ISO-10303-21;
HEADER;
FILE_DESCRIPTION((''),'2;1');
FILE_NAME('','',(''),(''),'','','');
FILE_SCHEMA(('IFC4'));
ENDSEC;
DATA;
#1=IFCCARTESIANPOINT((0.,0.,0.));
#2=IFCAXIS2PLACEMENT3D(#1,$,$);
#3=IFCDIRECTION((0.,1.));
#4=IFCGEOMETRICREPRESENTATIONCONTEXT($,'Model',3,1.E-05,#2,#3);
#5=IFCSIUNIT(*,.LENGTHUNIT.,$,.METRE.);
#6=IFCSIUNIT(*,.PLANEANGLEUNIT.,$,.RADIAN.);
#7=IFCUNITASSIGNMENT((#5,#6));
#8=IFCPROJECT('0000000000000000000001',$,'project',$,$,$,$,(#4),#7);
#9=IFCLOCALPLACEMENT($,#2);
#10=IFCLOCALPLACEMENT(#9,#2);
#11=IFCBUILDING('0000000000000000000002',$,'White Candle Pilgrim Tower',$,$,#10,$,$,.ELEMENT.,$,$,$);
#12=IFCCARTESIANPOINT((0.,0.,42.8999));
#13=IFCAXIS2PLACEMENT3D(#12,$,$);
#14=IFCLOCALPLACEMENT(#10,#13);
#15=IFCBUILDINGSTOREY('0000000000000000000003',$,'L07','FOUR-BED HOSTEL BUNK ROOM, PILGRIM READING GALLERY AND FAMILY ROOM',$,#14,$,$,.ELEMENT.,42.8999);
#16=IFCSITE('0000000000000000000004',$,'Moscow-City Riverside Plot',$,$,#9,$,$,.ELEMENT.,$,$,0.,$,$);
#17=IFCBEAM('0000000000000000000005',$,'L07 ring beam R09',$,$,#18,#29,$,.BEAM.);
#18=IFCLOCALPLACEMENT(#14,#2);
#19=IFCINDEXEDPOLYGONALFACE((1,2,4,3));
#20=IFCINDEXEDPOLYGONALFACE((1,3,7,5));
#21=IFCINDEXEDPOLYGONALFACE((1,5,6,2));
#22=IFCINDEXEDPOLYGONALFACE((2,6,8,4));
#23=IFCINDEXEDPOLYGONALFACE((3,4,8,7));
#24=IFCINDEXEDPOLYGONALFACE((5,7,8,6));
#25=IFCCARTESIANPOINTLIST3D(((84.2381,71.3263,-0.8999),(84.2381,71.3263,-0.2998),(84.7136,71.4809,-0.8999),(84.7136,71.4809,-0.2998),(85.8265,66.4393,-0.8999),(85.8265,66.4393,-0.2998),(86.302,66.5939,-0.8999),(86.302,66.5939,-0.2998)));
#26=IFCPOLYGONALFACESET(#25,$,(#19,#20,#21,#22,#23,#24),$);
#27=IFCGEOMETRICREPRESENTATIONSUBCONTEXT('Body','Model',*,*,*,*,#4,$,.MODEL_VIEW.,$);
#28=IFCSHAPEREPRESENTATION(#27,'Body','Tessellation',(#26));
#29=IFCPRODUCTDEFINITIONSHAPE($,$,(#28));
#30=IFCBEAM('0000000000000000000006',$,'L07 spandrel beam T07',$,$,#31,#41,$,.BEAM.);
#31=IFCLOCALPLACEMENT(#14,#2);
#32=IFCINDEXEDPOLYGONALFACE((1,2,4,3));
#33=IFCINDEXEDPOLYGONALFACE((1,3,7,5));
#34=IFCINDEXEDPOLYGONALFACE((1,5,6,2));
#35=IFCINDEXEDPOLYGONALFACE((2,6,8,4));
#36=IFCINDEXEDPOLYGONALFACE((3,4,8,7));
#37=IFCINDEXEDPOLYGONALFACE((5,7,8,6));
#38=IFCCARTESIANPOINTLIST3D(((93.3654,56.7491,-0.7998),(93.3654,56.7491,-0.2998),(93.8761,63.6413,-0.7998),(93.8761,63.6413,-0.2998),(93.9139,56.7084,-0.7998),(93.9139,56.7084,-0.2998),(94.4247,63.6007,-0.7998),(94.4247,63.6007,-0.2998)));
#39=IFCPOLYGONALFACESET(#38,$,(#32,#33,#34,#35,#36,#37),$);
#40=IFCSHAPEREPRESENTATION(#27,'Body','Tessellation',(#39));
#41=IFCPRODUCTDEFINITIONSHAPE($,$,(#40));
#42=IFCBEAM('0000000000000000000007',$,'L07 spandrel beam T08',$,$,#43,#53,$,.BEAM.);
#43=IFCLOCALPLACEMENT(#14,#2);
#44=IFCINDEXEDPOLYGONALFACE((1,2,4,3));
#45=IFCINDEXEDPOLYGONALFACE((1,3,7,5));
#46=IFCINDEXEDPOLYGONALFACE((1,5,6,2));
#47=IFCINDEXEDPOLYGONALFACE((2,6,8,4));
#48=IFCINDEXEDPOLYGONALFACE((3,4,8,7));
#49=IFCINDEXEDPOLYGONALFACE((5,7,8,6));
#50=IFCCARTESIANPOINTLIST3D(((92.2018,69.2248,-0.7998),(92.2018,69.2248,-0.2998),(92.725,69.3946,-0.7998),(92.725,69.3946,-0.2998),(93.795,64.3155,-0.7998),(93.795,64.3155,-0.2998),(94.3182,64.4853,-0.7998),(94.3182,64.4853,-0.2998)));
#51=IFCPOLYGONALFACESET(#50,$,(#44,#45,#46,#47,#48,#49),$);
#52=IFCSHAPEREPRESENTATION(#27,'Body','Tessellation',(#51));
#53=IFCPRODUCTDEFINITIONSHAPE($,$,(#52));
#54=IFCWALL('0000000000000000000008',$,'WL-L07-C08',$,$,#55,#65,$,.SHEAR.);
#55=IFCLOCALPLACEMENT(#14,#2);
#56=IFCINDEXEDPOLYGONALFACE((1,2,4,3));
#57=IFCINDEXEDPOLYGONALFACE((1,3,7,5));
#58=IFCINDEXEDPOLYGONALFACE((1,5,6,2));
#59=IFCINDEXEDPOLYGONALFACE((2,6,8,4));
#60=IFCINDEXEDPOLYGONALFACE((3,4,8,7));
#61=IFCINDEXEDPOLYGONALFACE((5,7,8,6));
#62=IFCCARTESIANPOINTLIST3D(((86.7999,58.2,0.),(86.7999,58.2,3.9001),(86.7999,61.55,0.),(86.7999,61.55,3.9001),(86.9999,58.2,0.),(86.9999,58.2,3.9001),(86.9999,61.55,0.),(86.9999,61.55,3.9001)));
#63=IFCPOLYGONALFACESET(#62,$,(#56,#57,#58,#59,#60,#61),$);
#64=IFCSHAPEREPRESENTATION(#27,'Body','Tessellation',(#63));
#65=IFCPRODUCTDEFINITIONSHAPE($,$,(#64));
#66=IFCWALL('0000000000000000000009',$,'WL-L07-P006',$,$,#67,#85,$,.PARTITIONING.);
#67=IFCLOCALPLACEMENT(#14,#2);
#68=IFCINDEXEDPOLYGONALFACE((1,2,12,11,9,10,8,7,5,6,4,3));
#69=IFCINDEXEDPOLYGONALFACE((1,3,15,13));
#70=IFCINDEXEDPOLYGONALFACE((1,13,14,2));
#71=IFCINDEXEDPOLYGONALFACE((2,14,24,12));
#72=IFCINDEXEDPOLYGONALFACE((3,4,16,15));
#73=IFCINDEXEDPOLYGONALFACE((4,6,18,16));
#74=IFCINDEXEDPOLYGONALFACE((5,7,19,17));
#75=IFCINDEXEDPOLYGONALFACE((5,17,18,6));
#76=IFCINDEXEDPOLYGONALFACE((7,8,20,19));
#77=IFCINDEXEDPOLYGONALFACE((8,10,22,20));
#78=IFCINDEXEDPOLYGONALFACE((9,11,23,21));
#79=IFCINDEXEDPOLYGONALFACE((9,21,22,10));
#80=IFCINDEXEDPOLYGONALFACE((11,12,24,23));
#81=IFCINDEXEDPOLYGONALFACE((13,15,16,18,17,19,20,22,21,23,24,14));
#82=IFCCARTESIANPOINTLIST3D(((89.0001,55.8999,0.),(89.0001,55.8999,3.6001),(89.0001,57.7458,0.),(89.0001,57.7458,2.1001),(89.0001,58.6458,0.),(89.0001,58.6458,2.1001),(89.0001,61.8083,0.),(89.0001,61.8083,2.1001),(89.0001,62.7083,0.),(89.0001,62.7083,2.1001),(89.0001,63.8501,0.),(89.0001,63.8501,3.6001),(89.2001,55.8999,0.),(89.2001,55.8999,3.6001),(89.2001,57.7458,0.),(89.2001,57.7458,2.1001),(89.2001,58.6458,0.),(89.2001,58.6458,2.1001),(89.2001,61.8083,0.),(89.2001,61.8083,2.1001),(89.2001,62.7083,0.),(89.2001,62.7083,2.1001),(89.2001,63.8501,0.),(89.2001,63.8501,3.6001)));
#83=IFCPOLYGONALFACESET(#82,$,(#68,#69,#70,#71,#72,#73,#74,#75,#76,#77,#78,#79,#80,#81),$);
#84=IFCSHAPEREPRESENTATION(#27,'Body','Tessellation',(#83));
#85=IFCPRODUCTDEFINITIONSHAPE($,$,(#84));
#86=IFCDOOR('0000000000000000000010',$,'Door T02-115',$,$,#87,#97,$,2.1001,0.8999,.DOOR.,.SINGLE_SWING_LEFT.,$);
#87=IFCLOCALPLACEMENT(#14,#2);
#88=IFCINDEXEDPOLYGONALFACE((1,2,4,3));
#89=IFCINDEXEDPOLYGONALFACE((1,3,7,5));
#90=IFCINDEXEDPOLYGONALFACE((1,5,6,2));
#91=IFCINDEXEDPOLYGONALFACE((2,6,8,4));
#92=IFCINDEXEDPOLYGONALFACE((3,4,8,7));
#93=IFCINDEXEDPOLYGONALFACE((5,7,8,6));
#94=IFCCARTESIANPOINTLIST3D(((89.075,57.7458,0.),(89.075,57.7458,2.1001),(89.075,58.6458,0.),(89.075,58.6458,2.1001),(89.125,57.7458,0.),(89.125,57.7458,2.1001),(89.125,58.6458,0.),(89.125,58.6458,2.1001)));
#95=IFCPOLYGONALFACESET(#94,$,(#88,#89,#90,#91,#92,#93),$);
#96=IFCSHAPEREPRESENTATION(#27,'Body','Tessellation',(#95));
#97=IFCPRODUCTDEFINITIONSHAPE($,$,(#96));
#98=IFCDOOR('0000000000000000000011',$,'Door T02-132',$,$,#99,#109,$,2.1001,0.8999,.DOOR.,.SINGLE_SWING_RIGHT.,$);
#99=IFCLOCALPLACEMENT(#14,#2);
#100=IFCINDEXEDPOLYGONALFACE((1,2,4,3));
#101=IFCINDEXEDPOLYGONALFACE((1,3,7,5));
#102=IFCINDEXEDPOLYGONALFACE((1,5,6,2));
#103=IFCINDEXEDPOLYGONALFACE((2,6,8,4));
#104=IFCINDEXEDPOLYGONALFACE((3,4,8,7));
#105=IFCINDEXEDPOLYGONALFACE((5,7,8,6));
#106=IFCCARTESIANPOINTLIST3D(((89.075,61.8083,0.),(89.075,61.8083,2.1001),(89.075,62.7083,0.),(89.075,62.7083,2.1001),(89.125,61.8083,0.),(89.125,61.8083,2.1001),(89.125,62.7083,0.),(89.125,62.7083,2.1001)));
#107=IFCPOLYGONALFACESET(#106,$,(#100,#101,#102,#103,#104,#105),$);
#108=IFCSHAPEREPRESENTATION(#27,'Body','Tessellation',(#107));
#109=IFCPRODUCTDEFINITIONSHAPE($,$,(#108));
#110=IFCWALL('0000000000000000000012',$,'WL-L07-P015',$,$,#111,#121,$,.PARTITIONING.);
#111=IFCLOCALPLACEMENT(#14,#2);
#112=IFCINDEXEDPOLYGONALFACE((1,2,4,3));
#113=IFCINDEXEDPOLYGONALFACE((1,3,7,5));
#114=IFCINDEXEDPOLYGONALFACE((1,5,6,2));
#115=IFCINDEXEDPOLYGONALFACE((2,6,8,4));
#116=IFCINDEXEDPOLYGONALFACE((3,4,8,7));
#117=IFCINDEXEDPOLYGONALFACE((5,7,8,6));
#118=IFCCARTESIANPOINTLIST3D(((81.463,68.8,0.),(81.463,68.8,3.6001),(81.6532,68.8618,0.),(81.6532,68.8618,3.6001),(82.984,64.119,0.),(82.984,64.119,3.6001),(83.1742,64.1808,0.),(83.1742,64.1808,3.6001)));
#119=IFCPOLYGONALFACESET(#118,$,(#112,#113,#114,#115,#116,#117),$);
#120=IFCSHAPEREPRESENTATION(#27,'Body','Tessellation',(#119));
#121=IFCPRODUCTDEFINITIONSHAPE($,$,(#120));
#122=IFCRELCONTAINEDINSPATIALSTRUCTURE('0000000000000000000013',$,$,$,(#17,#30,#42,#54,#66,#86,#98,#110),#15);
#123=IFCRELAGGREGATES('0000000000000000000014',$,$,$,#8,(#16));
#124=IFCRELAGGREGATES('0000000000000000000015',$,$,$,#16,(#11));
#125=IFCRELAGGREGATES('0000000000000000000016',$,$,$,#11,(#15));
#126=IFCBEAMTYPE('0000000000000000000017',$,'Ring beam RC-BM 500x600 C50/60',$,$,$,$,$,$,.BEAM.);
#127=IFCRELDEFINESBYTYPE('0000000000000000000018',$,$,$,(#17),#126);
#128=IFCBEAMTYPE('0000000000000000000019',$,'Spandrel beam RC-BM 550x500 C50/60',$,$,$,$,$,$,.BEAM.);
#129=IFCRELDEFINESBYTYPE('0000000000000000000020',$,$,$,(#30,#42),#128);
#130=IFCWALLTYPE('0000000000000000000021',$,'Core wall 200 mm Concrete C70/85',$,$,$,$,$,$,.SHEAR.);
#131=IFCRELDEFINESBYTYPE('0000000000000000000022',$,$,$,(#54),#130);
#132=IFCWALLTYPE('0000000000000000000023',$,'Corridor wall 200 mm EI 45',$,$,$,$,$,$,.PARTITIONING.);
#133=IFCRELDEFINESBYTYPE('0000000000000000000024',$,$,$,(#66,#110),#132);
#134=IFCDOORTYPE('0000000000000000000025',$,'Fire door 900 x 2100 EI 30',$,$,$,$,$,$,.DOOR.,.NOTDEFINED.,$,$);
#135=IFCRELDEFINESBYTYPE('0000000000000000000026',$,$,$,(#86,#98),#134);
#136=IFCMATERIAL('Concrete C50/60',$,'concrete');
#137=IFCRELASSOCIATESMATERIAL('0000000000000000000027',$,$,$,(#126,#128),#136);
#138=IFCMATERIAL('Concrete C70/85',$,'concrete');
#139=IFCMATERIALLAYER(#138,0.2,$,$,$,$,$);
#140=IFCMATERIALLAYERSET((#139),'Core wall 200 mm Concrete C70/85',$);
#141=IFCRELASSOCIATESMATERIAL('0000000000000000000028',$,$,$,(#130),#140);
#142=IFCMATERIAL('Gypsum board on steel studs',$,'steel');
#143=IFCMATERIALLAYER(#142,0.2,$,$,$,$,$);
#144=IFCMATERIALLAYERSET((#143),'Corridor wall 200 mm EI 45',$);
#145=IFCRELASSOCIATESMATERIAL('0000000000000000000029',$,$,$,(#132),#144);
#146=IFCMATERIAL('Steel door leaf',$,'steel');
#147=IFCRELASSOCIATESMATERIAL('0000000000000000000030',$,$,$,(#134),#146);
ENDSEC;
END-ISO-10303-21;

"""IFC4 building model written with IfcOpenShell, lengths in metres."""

from ifc_helpers import new_model, si_unit, direction, frame, frame_2d, origin, origin_2d, place, context, subcontext, project, spatial, rectangle, extrude, material, layer, layer_set, material_profile, profile_set, type_object, element, fill, save


model = new_model("IFC4")

# Units and contexts
model_context = context("Model", 3, precision=1e-05, world=origin(), true_north=direction((0.0, 1.0)))
body_context = subcontext(model_context, "Body", "Model", "MODEL_VIEW")
ifc_project = project(units=[si_unit("LENGTHUNIT", "METRE"), si_unit("PLANEANGLEUNIT", "RADIAN")], contexts=[model_context])

# Site, building, storey
site_placement = place(None, origin())
site = spatial("IfcSite", under=ifc_project, at=site_placement, Name="Moscow-City Riverside Plot", CompositionType="ELEMENT", RefElevation=0.0)
building_placement = place(site_placement, origin())
building = spatial("IfcBuilding", under=site, at=building_placement, Name="White Candle Pilgrim Tower", CompositionType="ELEMENT")
storey_placement = place(building_placement, frame((0.0, 0.0, 42.8999)))
storey = spatial("IfcBuildingStorey", under=building, at=storey_placement, Name="L07", Description="FOUR-BED HOSTEL BUNK ROOM, PILGRIM READING GALLERY AND FAMILY ROOM", CompositionType="ELEMENT", Elevation=42.8999)

# Beams
ifc_material_1 = material(Name="Concrete C50/60", Category="concrete")
ifc_material_profile_1 = material_profile(ifc_material_1, rectangle(XDim=0.5, YDim=0.6001, at=origin_2d()), Name="RC-BM 500x600")
ifc_profile_set_1 = profile_set([ifc_material_profile_1], Name="Concrete C50/60")
beam_type_1 = type_object("IfcBeamType", Name="Ring beam RC-BM 500x600 C50/60", PredefinedType="BEAM", material=ifc_profile_set_1)
beam_1_placement = place(storey_placement, frame((86.0642, 66.5166, -0.5999), z_axis=(-0.309106, 0.951027, 0.0), x_axis=(-0.951027, -0.309106, 0.0)))
element("IfcBeam", 1, at=beam_1_placement, inside=storey, type_object=beam_type_1, Name="L07 ring beam R09", PredefinedType="BEAM", context=body_context, shape_type="SweptSolid", body=[
    extrude(rectangle(XDim=0.5, YDim=0.6001, at=origin_2d()), origin(), (0.0, 0.0, 1.0), 5.1387),
])
ifc_material_profile_2 = material_profile(ifc_material_1, rectangle(XDim=0.55, YDim=0.5, at=origin_2d()), Name="RC-BM 550x500")
ifc_profile_set_2 = profile_set([ifc_material_profile_2], Name="Concrete C50/60")
beam_type_2 = type_object("IfcBeamType", Name="Spandrel beam RC-BM 550x500 C50/60", PredefinedType="BEAM", material=ifc_profile_set_2)
beam_2_placement = place(storey_placement, frame((93.6396, 56.7288, -0.5498), z_axis=(0.0739, 0.997266, 0.0), x_axis=(-0.997266, 0.0739, 0.0)))
element("IfcBeam", 2, at=beam_2_placement, inside=storey, type_object=beam_type_2, Name="L07 spandrel beam T07", PredefinedType="BEAM", context=body_context, shape_type="SweptSolid", body=[
    extrude(rectangle(XDim=0.55, YDim=0.5, at=origin_2d()), origin(), (0.0, 0.0, 1.0), 6.9111),
])
beam_3_placement = place(storey_placement, frame((94.0566, 64.4004, -0.5498), z_axis=(-0.308683, 0.951165, 0.0), x_axis=(-0.951165, -0.308683, 0.0)))
element("IfcBeam", 3, at=beam_3_placement, inside=storey, type_object=beam_type_2, Name="L07 spandrel beam T08", PredefinedType="BEAM", context=body_context, shape_type="SweptSolid", body=[
    extrude(rectangle(XDim=0.55, YDim=0.5, at=origin_2d()), origin(), (0.0, 0.0, 1.0), 5.1614),
])

# Wall
ifc_material_2 = material(Name="Concrete C70/85", Category="concrete")
ifc_layer_1 = layer(ifc_material_2, 0.2)
ifc_layer_set_1 = layer_set([ifc_layer_1], Name="Core wall 200 mm Concrete C70/85")
wall_type_1 = type_object("IfcWallType", Name="Core wall 200 mm Concrete C70/85", PredefinedType="SHEAR", material=ifc_layer_set_1)
wall_1_placement = place(storey_placement, frame((86.8999, 58.2, 0.0), z_axis=(0.0, 0.0, 1.0), x_axis=(0.0, 1.0, 0.0)))
element("IfcWall", 4, at=wall_1_placement, inside=storey, type_object=wall_type_1, Name="WL-L07-C08", PredefinedType="SHEAR", context=body_context, shape_type="SweptSolid", body=[
    extrude(rectangle(XDim=3.3501, YDim=0.2, at=frame_2d((1.675, 0.0))), origin(), (0.0, 0.0, 1.0), 3.9001),
])

# Wall, openings, doors
ifc_material_3 = material(Name="Gypsum board on steel studs", Category="steel")
ifc_layer_2 = layer(ifc_material_3, 0.2)
ifc_layer_set_2 = layer_set([ifc_layer_2], Name="Corridor wall 200 mm EI 45")
wall_type_2 = type_object("IfcWallType", Name="Corridor wall 200 mm EI 45", PredefinedType="PARTITIONING", material=ifc_layer_set_2)
wall_2_placement = place(storey_placement, frame((89.1001, 63.8501, 0.0), z_axis=(0.0, 0.0, 1.0), x_axis=(0.0, -1.0, 0.0)))
wall_2 = element("IfcWall", 5, at=wall_2_placement, inside=storey, type_object=wall_type_2, Name="WL-L07-P006", PredefinedType="PARTITIONING", context=body_context, shape_type="SweptSolid", body=[
    extrude(rectangle(XDim=7.9502, YDim=0.2, at=frame_2d((3.9751, 0.0))), origin(), (0.0, 0.0, 1.0), 3.6001),
])
opening_1_placement = place(wall_2_placement, frame((5.2043, 0.0, 0.0)))
opening_1 = element("IfcOpeningElement", 6, at=opening_1_placement, cuts=wall_2, PredefinedType="OPENING", context=body_context, shape_type="SweptSolid", body=[
    extrude(rectangle(XDim=0.8999, YDim=2.1001, at=frame_2d((0.45, 1.05))), frame((0.0, 0.1099, 0.0), z_axis=(0.0, -1.0, 0.0), x_axis=(1.0, 0.0, 0.0)), (0.0, 0.0, 1.0), 0.22),
])
opening_2_placement = place(wall_2_placement, frame((1.1418, 0.0, 0.0)))
opening_2 = element("IfcOpeningElement", 7, at=opening_2_placement, cuts=wall_2, PredefinedType="OPENING", context=body_context, shape_type="SweptSolid", body=[
    extrude(rectangle(XDim=0.8999, YDim=2.1001, at=frame_2d((0.45, 1.05))), frame((0.0, 0.1099, 0.0), z_axis=(0.0, -1.0, 0.0), x_axis=(1.0, 0.0, 0.0)), (0.0, 0.0, 1.0), 0.22),
])
ifc_material_4 = material(Name="Steel door leaf", Category="steel")
door_type_1 = type_object("IfcDoorType", Name="Fire door 900 x 2100 EI 30", OperationType="NOTDEFINED", PredefinedType="DOOR", material=ifc_material_4)
door_1_placement = place(opening_1_placement, origin())
door_1 = element("IfcDoor", 8, at=door_1_placement, inside=storey, type_object=door_type_1, Name="Door T02-115", OperationType="SINGLE_SWING_LEFT", OverallHeight=2.1001, OverallWidth=0.8999, PredefinedType="DOOR", context=body_context, shape_type="SweptSolid", body=[
    extrude(rectangle(XDim=0.8999, YDim=2.1001, at=frame_2d((0.45, 1.05))), frame((0.0, 0.0249, 0.0), z_axis=(0.0, -1.0, 0.0), x_axis=(1.0, 0.0, 0.0)), (0.0, 0.0, 1.0), 0.05),
])
fill(opening_1, door_1)
door_2_placement = place(opening_2_placement, origin())
door_2 = element("IfcDoor", 9, at=door_2_placement, inside=storey, type_object=door_type_1, Name="Door T02-132", OperationType="SINGLE_SWING_RIGHT", OverallHeight=2.1001, OverallWidth=0.8999, PredefinedType="DOOR", context=body_context, shape_type="SweptSolid", body=[
    extrude(rectangle(XDim=0.8999, YDim=2.1001, at=frame_2d((0.45, 1.05))), frame((0.0, 0.0249, 0.0), z_axis=(0.0, -1.0, 0.0), x_axis=(1.0, 0.0, 0.0)), (0.0, 0.0, 1.0), 0.05),
])
fill(opening_2, door_2)

# Wall
wall_3_placement = place(storey_placement, frame((83.0791, 64.1499, 0.0), z_axis=(0.0, 0.0, 1.0), x_axis=(-0.309031, 0.951052, 0.0)))
element("IfcWall", 10, at=wall_3_placement, inside=storey, type_object=wall_type_2, Name="WL-L07-P015", PredefinedType="PARTITIONING", context=body_context, shape_type="SweptSolid", body=[
    extrude(rectangle(XDim=4.9219, YDim=0.2, at=frame_2d((2.4609, 0.0))), origin(), (0.0, 0.0, 1.0), 3.6001),
])

save(model, "model.ifc")
